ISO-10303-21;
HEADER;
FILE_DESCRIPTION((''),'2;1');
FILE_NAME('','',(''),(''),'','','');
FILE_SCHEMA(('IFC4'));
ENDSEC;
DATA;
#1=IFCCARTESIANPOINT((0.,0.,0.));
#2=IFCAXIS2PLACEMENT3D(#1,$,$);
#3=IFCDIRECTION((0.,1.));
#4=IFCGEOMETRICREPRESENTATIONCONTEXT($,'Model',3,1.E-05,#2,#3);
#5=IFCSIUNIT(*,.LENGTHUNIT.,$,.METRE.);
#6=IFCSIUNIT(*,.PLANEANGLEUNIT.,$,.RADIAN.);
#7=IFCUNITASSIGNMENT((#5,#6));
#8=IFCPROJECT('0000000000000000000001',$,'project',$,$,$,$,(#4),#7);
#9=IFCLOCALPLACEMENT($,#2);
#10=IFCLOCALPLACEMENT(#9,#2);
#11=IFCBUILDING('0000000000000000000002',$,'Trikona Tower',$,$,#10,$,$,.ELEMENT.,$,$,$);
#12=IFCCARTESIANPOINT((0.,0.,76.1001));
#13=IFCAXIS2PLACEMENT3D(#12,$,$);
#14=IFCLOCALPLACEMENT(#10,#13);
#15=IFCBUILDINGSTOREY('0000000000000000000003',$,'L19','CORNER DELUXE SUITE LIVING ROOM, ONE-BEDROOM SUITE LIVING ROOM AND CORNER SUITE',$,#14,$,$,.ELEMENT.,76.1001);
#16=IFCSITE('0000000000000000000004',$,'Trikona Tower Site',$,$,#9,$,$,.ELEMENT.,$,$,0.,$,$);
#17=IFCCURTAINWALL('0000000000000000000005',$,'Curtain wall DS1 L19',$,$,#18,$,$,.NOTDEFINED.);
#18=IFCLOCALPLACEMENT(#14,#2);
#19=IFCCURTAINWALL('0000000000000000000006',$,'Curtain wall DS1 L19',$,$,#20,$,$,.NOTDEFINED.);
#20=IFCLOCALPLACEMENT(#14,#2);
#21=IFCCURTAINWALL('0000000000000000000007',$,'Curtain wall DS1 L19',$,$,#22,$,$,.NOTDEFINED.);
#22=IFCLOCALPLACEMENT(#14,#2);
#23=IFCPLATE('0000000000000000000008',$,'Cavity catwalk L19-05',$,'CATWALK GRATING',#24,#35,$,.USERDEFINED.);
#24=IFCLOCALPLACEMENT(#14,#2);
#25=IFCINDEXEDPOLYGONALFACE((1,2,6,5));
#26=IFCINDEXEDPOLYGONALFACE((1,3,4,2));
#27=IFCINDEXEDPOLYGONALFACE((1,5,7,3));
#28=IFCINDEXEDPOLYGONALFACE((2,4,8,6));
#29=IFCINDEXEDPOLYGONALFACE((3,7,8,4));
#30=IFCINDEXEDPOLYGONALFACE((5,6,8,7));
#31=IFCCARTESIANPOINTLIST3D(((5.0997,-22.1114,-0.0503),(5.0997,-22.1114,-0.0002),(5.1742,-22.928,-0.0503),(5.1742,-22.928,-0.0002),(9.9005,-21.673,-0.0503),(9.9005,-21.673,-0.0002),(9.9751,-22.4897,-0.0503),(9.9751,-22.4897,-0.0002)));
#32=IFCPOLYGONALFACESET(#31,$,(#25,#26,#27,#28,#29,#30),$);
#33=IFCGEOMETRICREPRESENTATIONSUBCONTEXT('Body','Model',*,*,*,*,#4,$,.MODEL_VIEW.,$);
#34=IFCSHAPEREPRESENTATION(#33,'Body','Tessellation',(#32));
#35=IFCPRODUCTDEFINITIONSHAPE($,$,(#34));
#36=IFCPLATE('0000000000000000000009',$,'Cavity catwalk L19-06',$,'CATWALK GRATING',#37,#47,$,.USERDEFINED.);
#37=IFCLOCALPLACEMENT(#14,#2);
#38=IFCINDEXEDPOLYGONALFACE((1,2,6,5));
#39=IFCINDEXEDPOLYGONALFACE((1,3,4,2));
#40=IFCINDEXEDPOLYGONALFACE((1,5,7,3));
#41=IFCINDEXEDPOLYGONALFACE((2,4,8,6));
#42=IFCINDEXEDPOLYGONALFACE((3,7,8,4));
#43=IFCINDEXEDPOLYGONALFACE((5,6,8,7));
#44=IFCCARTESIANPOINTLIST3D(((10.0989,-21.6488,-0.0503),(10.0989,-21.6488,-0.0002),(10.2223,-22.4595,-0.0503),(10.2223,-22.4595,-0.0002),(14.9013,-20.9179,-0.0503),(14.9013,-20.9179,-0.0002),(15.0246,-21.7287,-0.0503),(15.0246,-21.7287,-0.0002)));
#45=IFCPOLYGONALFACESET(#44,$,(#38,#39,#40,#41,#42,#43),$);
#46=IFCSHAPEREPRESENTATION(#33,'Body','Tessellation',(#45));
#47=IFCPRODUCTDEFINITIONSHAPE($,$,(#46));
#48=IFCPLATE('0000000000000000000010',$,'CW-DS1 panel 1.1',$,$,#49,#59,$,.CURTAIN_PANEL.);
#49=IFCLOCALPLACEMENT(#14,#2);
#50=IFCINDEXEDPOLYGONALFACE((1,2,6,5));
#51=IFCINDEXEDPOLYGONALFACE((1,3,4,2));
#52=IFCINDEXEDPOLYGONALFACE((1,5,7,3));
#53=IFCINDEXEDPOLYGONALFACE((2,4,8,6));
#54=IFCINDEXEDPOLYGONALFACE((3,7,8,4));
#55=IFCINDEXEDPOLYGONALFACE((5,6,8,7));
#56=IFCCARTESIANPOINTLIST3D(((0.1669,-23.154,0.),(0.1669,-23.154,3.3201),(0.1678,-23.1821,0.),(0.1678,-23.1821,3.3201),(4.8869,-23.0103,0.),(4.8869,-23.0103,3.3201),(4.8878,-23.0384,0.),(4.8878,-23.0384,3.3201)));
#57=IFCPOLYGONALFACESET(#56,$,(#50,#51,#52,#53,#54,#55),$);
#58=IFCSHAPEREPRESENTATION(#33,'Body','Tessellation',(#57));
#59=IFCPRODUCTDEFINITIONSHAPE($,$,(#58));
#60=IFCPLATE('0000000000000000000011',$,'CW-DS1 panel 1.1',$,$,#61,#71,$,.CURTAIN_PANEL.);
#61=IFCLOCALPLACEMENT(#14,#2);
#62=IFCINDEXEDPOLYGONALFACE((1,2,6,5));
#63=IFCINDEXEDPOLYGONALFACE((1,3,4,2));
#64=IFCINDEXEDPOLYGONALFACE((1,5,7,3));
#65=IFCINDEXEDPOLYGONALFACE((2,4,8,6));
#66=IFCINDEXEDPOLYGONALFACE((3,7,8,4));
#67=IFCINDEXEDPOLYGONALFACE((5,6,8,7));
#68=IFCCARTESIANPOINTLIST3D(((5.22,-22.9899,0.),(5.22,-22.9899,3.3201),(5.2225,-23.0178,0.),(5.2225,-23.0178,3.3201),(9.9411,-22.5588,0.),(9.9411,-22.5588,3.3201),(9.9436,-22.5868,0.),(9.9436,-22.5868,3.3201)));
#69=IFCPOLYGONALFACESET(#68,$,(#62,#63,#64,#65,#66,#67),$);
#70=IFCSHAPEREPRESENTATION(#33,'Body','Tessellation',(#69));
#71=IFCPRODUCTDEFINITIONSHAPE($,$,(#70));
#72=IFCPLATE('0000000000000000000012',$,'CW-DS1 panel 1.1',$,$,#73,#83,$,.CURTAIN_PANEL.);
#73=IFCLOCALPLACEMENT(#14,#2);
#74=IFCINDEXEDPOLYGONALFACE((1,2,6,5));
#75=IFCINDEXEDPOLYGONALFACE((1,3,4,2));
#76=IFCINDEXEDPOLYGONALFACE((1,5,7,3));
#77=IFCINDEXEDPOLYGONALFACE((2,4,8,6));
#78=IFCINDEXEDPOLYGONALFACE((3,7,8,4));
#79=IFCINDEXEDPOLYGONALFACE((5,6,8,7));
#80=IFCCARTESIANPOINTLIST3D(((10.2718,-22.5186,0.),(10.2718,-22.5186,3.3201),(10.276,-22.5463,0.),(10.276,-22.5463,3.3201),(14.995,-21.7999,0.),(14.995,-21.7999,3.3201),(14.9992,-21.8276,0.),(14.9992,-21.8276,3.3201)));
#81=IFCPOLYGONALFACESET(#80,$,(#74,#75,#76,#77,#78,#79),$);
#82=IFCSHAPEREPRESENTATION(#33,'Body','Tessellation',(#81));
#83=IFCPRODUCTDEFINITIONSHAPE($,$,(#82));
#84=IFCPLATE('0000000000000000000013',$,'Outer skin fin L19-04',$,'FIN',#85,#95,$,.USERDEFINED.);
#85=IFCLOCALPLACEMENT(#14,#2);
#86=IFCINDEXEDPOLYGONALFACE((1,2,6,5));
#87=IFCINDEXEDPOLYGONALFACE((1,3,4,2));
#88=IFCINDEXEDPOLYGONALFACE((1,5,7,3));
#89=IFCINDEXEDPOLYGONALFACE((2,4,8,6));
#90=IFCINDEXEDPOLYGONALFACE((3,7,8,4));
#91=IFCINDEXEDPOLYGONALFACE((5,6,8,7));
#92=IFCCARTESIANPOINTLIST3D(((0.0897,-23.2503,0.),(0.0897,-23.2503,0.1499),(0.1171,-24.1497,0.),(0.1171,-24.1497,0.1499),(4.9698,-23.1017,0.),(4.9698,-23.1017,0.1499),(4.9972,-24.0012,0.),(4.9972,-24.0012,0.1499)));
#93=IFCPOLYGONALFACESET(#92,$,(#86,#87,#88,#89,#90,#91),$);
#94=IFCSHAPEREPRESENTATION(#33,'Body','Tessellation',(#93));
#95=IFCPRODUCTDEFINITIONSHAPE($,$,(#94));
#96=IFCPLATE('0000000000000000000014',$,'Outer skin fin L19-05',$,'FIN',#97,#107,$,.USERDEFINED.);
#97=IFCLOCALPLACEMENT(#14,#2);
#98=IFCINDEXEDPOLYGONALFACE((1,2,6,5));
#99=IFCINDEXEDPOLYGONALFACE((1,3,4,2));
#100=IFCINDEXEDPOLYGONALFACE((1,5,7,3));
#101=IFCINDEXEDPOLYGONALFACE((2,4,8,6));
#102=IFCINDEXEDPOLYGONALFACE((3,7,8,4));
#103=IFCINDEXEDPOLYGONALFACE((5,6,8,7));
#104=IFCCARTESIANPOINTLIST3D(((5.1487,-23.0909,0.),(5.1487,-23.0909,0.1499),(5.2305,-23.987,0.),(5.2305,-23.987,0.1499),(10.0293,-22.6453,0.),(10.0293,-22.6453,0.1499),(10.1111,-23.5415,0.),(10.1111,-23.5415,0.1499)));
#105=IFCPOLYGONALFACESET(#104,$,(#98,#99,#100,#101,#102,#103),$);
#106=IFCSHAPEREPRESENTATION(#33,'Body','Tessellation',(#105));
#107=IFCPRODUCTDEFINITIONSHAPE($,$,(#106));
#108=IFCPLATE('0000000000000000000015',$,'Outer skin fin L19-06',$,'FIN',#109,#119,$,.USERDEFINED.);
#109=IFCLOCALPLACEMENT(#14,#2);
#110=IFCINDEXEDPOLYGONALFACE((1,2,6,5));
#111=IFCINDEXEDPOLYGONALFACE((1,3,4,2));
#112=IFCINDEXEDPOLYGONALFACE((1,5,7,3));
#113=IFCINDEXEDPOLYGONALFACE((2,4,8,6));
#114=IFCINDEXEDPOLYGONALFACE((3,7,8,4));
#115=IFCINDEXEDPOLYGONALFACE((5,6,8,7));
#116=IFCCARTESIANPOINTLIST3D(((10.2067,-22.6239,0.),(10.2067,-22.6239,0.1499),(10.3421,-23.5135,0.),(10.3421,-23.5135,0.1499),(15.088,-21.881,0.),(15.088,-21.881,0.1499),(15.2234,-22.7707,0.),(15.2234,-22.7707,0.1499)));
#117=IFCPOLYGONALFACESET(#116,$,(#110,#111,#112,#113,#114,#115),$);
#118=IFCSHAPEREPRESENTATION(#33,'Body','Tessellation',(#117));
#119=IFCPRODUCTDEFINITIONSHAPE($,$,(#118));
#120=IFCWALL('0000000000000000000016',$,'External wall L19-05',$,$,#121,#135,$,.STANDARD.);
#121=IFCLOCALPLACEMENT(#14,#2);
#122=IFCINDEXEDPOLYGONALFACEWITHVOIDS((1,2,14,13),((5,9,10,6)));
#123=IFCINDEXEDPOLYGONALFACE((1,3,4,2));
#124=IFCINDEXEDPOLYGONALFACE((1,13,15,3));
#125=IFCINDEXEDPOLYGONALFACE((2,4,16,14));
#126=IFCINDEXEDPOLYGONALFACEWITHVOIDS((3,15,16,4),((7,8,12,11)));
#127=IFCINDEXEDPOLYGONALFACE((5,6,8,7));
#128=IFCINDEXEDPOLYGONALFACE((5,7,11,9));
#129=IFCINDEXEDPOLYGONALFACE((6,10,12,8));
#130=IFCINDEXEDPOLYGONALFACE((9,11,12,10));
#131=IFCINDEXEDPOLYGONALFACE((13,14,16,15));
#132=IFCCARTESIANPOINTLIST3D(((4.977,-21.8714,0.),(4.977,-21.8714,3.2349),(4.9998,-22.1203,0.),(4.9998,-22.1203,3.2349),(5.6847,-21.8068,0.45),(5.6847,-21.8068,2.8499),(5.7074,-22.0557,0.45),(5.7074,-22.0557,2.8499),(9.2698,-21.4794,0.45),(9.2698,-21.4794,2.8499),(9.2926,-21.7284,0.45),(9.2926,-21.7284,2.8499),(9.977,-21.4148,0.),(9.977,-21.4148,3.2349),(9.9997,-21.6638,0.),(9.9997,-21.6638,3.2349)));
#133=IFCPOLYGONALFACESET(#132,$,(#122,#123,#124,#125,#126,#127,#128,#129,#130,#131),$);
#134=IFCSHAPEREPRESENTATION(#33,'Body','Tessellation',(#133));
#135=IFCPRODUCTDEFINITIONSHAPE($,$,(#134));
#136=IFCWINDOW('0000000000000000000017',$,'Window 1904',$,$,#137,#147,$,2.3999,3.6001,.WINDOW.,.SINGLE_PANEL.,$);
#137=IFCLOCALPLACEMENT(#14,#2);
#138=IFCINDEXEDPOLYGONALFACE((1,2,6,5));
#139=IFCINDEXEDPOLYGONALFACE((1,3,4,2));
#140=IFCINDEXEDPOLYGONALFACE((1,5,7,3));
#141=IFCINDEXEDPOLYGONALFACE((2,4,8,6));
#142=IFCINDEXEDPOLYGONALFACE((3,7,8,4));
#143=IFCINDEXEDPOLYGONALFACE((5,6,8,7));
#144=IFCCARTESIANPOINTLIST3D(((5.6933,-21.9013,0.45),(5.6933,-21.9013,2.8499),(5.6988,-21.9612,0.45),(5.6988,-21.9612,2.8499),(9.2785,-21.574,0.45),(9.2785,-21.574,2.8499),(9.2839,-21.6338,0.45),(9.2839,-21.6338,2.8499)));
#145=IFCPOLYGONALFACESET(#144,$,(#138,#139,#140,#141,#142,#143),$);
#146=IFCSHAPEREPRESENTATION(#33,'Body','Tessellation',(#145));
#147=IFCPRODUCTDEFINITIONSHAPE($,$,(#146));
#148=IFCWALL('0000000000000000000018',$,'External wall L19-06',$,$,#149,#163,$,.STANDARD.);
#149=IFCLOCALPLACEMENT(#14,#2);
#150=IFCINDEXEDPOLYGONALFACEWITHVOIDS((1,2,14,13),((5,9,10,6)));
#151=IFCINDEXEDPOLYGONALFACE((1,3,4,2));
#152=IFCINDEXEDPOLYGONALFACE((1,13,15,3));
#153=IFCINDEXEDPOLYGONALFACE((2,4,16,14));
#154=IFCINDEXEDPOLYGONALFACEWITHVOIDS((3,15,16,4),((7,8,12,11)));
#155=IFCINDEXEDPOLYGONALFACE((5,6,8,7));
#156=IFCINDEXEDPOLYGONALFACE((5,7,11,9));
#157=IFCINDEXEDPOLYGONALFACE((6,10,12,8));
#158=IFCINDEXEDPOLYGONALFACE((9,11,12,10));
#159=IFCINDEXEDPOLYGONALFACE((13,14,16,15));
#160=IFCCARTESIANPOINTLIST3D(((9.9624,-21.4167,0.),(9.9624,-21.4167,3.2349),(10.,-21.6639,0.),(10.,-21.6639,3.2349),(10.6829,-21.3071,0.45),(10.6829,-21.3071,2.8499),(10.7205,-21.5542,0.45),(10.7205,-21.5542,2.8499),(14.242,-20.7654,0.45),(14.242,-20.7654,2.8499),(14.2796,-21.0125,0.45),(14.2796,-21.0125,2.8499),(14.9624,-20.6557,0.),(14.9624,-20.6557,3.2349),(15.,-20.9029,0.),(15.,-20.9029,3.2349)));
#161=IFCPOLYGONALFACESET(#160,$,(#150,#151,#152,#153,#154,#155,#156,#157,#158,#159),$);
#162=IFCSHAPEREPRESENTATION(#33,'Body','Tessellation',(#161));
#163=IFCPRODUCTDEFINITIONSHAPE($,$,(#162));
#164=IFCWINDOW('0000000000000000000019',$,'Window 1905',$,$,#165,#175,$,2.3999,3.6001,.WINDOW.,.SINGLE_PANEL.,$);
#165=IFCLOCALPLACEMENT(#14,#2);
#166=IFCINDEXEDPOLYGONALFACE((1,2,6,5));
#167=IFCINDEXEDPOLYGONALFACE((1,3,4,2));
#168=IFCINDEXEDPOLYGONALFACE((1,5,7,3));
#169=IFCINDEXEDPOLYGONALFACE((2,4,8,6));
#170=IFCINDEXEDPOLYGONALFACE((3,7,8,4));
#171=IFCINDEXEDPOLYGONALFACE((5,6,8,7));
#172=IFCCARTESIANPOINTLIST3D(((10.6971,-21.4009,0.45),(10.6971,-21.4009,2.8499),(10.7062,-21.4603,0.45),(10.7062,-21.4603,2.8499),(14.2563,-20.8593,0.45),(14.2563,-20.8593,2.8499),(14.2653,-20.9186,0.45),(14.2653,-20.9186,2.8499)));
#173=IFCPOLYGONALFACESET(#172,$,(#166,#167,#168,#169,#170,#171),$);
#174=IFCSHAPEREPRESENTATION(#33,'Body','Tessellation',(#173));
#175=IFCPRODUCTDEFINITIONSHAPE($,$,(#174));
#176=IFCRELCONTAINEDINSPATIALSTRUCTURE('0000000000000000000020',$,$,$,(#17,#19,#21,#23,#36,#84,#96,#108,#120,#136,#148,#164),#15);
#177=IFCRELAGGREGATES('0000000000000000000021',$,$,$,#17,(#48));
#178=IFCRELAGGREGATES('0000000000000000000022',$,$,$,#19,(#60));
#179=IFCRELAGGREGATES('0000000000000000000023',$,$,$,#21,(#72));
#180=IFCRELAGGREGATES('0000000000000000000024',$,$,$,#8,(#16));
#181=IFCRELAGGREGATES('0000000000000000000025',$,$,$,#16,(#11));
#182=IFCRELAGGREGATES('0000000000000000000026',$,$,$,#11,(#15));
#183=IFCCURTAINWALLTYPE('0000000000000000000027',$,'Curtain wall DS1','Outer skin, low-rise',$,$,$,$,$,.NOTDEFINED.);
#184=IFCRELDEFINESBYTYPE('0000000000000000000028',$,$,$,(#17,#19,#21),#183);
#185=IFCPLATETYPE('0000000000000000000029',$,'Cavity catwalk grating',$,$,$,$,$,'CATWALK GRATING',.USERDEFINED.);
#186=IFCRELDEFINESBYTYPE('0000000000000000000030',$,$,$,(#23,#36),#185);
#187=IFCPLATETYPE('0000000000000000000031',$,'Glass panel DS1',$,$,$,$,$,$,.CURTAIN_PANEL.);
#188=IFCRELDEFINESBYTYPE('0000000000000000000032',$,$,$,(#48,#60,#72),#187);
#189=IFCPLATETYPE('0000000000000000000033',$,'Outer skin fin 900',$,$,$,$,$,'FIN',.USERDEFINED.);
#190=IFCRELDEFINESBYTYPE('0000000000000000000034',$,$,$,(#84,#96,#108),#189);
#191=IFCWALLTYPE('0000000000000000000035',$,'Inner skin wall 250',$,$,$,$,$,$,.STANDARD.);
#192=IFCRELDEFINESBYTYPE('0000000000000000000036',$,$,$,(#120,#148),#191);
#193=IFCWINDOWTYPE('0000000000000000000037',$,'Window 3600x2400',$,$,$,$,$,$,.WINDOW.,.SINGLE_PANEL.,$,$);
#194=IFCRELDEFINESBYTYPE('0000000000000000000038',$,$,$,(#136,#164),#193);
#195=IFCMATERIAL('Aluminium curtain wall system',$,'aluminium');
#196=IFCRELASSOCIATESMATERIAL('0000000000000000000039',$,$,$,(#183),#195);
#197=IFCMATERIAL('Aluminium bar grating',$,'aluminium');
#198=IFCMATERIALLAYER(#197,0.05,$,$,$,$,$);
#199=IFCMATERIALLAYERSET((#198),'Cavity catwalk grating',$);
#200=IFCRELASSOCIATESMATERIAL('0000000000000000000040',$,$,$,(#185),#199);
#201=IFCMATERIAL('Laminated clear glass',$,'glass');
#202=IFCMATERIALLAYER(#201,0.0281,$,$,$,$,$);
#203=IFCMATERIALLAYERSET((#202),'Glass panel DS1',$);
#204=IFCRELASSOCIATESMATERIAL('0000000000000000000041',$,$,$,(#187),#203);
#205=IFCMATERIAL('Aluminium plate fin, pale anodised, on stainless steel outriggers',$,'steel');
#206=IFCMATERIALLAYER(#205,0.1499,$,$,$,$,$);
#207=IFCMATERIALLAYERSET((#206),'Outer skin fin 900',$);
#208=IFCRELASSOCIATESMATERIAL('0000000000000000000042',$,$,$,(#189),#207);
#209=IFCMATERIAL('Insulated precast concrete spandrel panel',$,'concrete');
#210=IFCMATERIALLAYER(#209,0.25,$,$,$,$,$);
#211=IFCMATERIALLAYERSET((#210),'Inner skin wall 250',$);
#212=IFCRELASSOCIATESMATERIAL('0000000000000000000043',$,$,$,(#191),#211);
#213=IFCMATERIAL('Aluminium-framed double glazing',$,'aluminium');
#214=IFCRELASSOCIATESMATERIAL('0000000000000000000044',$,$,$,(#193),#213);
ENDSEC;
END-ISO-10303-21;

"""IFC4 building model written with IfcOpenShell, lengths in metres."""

from ifc_helpers import new_model, si_unit, direction, frame, frame_2d, origin, origin_2d, place, context, subcontext, project, spatial, rectangle, extrude, material, layer, layer_set, type_object, element, fill, aggregate, save


model = new_model("IFC4")

# Units and contexts
model_context = context("Model", 3, precision=1e-05, world=origin(), true_north=direction((0.0, 1.0)))
body_context = subcontext(model_context, "Body", "Model", "MODEL_VIEW")
ifc_project = project(units=[si_unit("LENGTHUNIT", "METRE"), si_unit("PLANEANGLEUNIT", "RADIAN")], contexts=[model_context])

# Site, building, storey
site_placement = place(None, origin())
site = spatial("IfcSite", under=ifc_project, at=site_placement, Name="Trikona Tower Site", CompositionType="ELEMENT", RefElevation=0.0)
building_placement = place(site_placement, origin())
building = spatial("IfcBuilding", under=site, at=building_placement, Name="Trikona Tower", CompositionType="ELEMENT")
storey_placement = place(building_placement, frame((0.0, 0.0, 76.1001)))
storey = spatial("IfcBuildingStorey", under=building, at=storey_placement, Name="L19", Description="CORNER DELUXE SUITE LIVING ROOM, ONE-BEDROOM SUITE LIVING ROOM AND CORNER SUITE", CompositionType="ELEMENT", Elevation=76.1001)

# Curtain walls
ifc_material_1 = material(Name="Aluminium curtain wall system", Category="aluminium")
curtain_wall_type = type_object("IfcCurtainWallType", Name="Curtain wall DS1", Description="Outer skin, low-rise", PredefinedType="NOTDEFINED", material=ifc_material_1)
curtain_wall_1_placement = place(storey_placement, origin())
curtain_wall_1 = element("IfcCurtainWall", 1, at=curtain_wall_1_placement, inside=storey, type_object=curtain_wall_type, Name="Curtain wall DS1 L19", PredefinedType="NOTDEFINED")
curtain_wall_2_placement = place(storey_placement, origin())
curtain_wall_2 = element("IfcCurtainWall", 2, at=curtain_wall_2_placement, inside=storey, type_object=curtain_wall_type, Name="Curtain wall DS1 L19", PredefinedType="NOTDEFINED")

# Curtain wall
curtain_wall_3_placement = place(storey_placement, origin())
curtain_wall_3 = element("IfcCurtainWall", 3, at=curtain_wall_3_placement, inside=storey, type_object=curtain_wall_type, Name="Curtain wall DS1 L19", PredefinedType="NOTDEFINED")

# Plates
ifc_material_2 = material(Name="Aluminium bar grating", Category="aluminium")
ifc_layer_1 = layer(ifc_material_2, 0.05)
ifc_layer_set_1 = layer_set([ifc_layer_1], Name="Cavity catwalk grating")
plate_type_1 = type_object("IfcPlateType", Name="Cavity catwalk grating", ElementType="CATWALK GRATING", PredefinedType="USERDEFINED", material=ifc_layer_set_1)
plate_1_placement = place(storey_placement, frame((7.5374, -22.3005, -0.0503), z_axis=(0.0, 0.0, 1.0), x_axis=(0.995858, 0.090921, 0.0)))
element("IfcPlate", 4, at=plate_1_placement, inside=storey, type_object=plate_type_1, Name="Cavity catwalk L19-05", ObjectType="CATWALK GRATING", PredefinedType="USERDEFINED", context=body_context, shape_type="SweptSolid", body=[
    extrude(rectangle(XDim=4.8208, YDim=0.8201, at=origin_2d()), origin(), (0.0, 0.0, 1.0), 0.05),
])
plate_2_placement = place(storey_placement, frame((12.5618, -21.6887, -0.0503), z_axis=(0.0, 0.0, 1.0), x_axis=(0.988618, 0.150448, 0.0)))
element("IfcPlate", 5, at=plate_2_placement, inside=storey, type_object=plate_type_1, Name="Cavity catwalk L19-06", ObjectType="CATWALK GRATING", PredefinedType="USERDEFINED", context=body_context, shape_type="SweptSolid", body=[
    extrude(rectangle(XDim=4.8577, YDim=0.8201, at=origin_2d()), origin(), (0.0, 0.0, 1.0), 0.05),
])

# Plates
ifc_material_3 = material(Name="Laminated clear glass", Category="glass")
ifc_layer_2 = layer(ifc_material_3, 0.0281)
ifc_layer_set_2 = layer_set([ifc_layer_2], Name="Glass panel DS1")
plate_type_2 = type_object("IfcPlateType", Name="Glass panel DS1", PredefinedType="CURTAIN_PANEL", material=ifc_layer_set_2)
plate_3_placement = place(storey_placement, frame((2.5273, -23.0962, 0.0), z_axis=(0.0, 0.0, 1.0), x_axis=(0.999537, 0.030437, 0.0)))
plate_3 = element("IfcPlate", 6, at=plate_3_placement, type_object=plate_type_2, Name="CW-DS1 panel 1.1", PredefinedType="CURTAIN_PANEL", context=body_context, shape_type="SweptSolid", body=[
    extrude(rectangle(XDim=4.7222, YDim=0.0281, at=origin_2d()), origin(), (0.0, 0.0, 1.0), 3.3201),
])
aggregate(curtain_wall_1, [plate_3])
plate_4_placement = place(storey_placement, frame((7.5818, -22.7883, 0.0), z_axis=(0.0, 0.0, 1.0), x_axis=(0.995858, 0.090924, 0.0)))
plate_4 = element("IfcPlate", 7, at=plate_4_placement, type_object=plate_type_2, Name="CW-DS1 panel 1.1", PredefinedType="CURTAIN_PANEL", context=body_context, shape_type="SweptSolid", body=[
    extrude(rectangle(XDim=4.7407, YDim=0.0281, at=origin_2d()), origin(), (0.0, 0.0, 1.0), 3.3201),
])
aggregate(curtain_wall_2, [plate_4])
plate_5_placement = place(storey_placement, frame((12.6355, -22.1731, 0.0), z_axis=(0.0, 0.0, 1.0), x_axis=(0.988619, 0.150438, 0.0)))
plate_5 = element("IfcPlate", 8, at=plate_5_placement, type_object=plate_type_2, Name="CW-DS1 panel 1.1", PredefinedType="CURTAIN_PANEL", context=body_context, shape_type="SweptSolid", body=[
    extrude(rectangle(XDim=4.7776, YDim=0.0281, at=origin_2d()), origin(), (0.0, 0.0, 1.0), 3.3201),
])
aggregate(curtain_wall_3, [plate_5])

# Plates
ifc_material_4 = material(Name="Aluminium plate fin, pale anodised, on stainless steel outriggers", Category="steel")
ifc_layer_3 = layer(ifc_material_4, 0.1499)
ifc_layer_set_3 = layer_set([ifc_layer_3], Name="Outer skin fin 900")
plate_type_3 = type_object("IfcPlateType", Name="Outer skin fin 900", ElementType="FIN", PredefinedType="USERDEFINED", material=ifc_layer_set_3)
plate_6_placement = place(storey_placement, frame((2.5435, -23.6257, 0.0), z_axis=(0.0, 0.0, 1.0), x_axis=(0.999537, 0.030425, 0.0)))
element("IfcPlate", 9, at=plate_6_placement, inside=storey, type_object=plate_type_3, Name="Outer skin fin L19-04", ObjectType="FIN", PredefinedType="USERDEFINED", context=body_context, shape_type="SweptSolid", body=[
    extrude(rectangle(XDim=4.8823, YDim=0.8999, at=origin_2d()), origin(), (0.0, 0.0, 1.0), 0.1499),
])
plate_7_placement = place(storey_placement, frame((7.6299, -23.3162, 0.0), z_axis=(0.0, 0.0, 1.0), x_axis=(0.995858, 0.090921, 0.0)))
element("IfcPlate", 10, at=plate_7_placement, inside=storey, type_object=plate_type_3, Name="Outer skin fin L19-05", ObjectType="FIN", PredefinedType="USERDEFINED", context=body_context, shape_type="SweptSolid", body=[
    extrude(rectangle(XDim=4.9009, YDim=0.8999, at=origin_2d()), origin(), (0.0, 0.0, 1.0), 0.1499),
])
plate_8_placement = place(storey_placement, frame((12.7151, -22.6973, 0.0), z_axis=(0.0, 0.0, 1.0), x_axis=(0.988618, 0.150448, 0.0)))
element("IfcPlate", 11, at=plate_8_placement, inside=storey, type_object=plate_type_3, Name="Outer skin fin L19-06", ObjectType="FIN", PredefinedType="USERDEFINED", context=body_context, shape_type="SweptSolid", body=[
    extrude(rectangle(XDim=4.9375, YDim=0.8999, at=origin_2d()), origin(), (0.0, 0.0, 1.0), 0.1499),
])

# Walls, openings, windows
ifc_material_5 = material(Name="Insulated precast concrete spandrel panel", Category="concrete")
ifc_layer_4 = layer(ifc_material_5, 0.25)
ifc_layer_set_4 = layer_set([ifc_layer_4], Name="Inner skin wall 250")
wall_type = type_object("IfcWallType", Name="Inner skin wall 250", PredefinedType="STANDARD", material=ifc_layer_set_4)
wall_1_placement = place(storey_placement, frame((4.9885, -21.9958, 0.0), z_axis=(0.0, 0.0, 1.0), x_axis=(0.995857, 0.09093, 0.0)))
wall_1 = element("IfcWall", 12, at=wall_1_placement, inside=storey, type_object=wall_type, Name="External wall L19-05", PredefinedType="STANDARD", context=body_context, shape_type="SweptSolid", body=[
    extrude(rectangle(XDim=5.0208, YDim=0.25, at=frame_2d((2.5103, 0.0))), origin(), (0.0, 0.0, 1.0), 3.2349),
])
opening_1_placement = place(wall_1_placement, frame((0.7104, 0.0, 0.45)))
opening_1 = element("IfcOpeningElement", 13, at=opening_1_placement, cuts=wall_1, PredefinedType="OPENING", context=body_context, shape_type="SweptSolid", body=[
    extrude(rectangle(XDim=3.6001, YDim=2.3999, at=frame_2d((1.8, 1.2))), frame((0.0, 0.135, 0.0), z_axis=(0.0, -1.0, 0.0), x_axis=(1.0, 0.0, 0.0)), (0.0, 0.0, 1.0), 0.27),
])
ifc_material_6 = material(Name="Aluminium-framed double glazing", Category="aluminium")
window_type = type_object("IfcWindowType", Name="Window 3600x2400", PartitioningType="SINGLE_PANEL", PredefinedType="WINDOW", material=ifc_material_6)
window_1_placement = place(opening_1_placement, origin())
window_1 = element("IfcWindow", 14, at=window_1_placement, inside=storey, type_object=window_type, Name="Window 1904", OverallHeight=2.3999, OverallWidth=3.6001, PartitioningType="SINGLE_PANEL", PredefinedType="WINDOW", context=body_context, shape_type="SweptSolid", body=[
    extrude(rectangle(XDim=3.6001, YDim=2.3999, at=frame_2d((1.8, 1.2))), frame((0.0, 0.03, 0.0), z_axis=(0.0, -1.0, 0.0), x_axis=(1.0, 0.0, 0.0)), (0.0, 0.0, 1.0), 0.0601),
])
fill(opening_1, window_1)
wall_2_placement = place(storey_placement, frame((9.9812, -21.5403, 0.0), z_axis=(0.0, 0.0, 1.0), x_axis=(0.988615, 0.150465, 0.0)))
wall_2 = element("IfcWall", 15, at=wall_2_placement, inside=storey, type_object=wall_type, Name="External wall L19-06", PredefinedType="STANDARD", context=body_context, shape_type="SweptSolid", body=[
    extrude(rectangle(XDim=5.0576, YDim=0.25, at=frame_2d((2.5288, 0.0))), origin(), (0.0, 0.0, 1.0), 3.2349),
])
opening_2_placement = place(wall_2_placement, frame((0.7288, 0.0, 0.45)))
opening_2 = element("IfcOpeningElement", 16, at=opening_2_placement, cuts=wall_2, PredefinedType="OPENING", context=body_context, shape_type="SweptSolid", body=[
    extrude(rectangle(XDim=3.6001, YDim=2.3999, at=frame_2d((1.8, 1.2))), frame((0.0, 0.135, 0.0), z_axis=(0.0, -1.0, 0.0), x_axis=(1.0, 0.0, 0.0)), (0.0, 0.0, 1.0), 0.27),
])
window_2_placement = place(opening_2_placement, origin())
window_2 = element("IfcWindow", 17, at=window_2_placement, inside=storey, type_object=window_type, Name="Window 1905", OverallHeight=2.3999, OverallWidth=3.6001, PartitioningType="SINGLE_PANEL", PredefinedType="WINDOW", context=body_context, shape_type="SweptSolid", body=[
    extrude(rectangle(XDim=3.6001, YDim=2.3999, at=frame_2d((1.8, 1.2))), frame((0.0, 0.03, 0.0), z_axis=(0.0, -1.0, 0.0), x_axis=(1.0, 0.0, 0.0)), (0.0, 0.0, 1.0), 0.0601),
])
fill(opening_2, window_2)

save(model, "model.ifc")
